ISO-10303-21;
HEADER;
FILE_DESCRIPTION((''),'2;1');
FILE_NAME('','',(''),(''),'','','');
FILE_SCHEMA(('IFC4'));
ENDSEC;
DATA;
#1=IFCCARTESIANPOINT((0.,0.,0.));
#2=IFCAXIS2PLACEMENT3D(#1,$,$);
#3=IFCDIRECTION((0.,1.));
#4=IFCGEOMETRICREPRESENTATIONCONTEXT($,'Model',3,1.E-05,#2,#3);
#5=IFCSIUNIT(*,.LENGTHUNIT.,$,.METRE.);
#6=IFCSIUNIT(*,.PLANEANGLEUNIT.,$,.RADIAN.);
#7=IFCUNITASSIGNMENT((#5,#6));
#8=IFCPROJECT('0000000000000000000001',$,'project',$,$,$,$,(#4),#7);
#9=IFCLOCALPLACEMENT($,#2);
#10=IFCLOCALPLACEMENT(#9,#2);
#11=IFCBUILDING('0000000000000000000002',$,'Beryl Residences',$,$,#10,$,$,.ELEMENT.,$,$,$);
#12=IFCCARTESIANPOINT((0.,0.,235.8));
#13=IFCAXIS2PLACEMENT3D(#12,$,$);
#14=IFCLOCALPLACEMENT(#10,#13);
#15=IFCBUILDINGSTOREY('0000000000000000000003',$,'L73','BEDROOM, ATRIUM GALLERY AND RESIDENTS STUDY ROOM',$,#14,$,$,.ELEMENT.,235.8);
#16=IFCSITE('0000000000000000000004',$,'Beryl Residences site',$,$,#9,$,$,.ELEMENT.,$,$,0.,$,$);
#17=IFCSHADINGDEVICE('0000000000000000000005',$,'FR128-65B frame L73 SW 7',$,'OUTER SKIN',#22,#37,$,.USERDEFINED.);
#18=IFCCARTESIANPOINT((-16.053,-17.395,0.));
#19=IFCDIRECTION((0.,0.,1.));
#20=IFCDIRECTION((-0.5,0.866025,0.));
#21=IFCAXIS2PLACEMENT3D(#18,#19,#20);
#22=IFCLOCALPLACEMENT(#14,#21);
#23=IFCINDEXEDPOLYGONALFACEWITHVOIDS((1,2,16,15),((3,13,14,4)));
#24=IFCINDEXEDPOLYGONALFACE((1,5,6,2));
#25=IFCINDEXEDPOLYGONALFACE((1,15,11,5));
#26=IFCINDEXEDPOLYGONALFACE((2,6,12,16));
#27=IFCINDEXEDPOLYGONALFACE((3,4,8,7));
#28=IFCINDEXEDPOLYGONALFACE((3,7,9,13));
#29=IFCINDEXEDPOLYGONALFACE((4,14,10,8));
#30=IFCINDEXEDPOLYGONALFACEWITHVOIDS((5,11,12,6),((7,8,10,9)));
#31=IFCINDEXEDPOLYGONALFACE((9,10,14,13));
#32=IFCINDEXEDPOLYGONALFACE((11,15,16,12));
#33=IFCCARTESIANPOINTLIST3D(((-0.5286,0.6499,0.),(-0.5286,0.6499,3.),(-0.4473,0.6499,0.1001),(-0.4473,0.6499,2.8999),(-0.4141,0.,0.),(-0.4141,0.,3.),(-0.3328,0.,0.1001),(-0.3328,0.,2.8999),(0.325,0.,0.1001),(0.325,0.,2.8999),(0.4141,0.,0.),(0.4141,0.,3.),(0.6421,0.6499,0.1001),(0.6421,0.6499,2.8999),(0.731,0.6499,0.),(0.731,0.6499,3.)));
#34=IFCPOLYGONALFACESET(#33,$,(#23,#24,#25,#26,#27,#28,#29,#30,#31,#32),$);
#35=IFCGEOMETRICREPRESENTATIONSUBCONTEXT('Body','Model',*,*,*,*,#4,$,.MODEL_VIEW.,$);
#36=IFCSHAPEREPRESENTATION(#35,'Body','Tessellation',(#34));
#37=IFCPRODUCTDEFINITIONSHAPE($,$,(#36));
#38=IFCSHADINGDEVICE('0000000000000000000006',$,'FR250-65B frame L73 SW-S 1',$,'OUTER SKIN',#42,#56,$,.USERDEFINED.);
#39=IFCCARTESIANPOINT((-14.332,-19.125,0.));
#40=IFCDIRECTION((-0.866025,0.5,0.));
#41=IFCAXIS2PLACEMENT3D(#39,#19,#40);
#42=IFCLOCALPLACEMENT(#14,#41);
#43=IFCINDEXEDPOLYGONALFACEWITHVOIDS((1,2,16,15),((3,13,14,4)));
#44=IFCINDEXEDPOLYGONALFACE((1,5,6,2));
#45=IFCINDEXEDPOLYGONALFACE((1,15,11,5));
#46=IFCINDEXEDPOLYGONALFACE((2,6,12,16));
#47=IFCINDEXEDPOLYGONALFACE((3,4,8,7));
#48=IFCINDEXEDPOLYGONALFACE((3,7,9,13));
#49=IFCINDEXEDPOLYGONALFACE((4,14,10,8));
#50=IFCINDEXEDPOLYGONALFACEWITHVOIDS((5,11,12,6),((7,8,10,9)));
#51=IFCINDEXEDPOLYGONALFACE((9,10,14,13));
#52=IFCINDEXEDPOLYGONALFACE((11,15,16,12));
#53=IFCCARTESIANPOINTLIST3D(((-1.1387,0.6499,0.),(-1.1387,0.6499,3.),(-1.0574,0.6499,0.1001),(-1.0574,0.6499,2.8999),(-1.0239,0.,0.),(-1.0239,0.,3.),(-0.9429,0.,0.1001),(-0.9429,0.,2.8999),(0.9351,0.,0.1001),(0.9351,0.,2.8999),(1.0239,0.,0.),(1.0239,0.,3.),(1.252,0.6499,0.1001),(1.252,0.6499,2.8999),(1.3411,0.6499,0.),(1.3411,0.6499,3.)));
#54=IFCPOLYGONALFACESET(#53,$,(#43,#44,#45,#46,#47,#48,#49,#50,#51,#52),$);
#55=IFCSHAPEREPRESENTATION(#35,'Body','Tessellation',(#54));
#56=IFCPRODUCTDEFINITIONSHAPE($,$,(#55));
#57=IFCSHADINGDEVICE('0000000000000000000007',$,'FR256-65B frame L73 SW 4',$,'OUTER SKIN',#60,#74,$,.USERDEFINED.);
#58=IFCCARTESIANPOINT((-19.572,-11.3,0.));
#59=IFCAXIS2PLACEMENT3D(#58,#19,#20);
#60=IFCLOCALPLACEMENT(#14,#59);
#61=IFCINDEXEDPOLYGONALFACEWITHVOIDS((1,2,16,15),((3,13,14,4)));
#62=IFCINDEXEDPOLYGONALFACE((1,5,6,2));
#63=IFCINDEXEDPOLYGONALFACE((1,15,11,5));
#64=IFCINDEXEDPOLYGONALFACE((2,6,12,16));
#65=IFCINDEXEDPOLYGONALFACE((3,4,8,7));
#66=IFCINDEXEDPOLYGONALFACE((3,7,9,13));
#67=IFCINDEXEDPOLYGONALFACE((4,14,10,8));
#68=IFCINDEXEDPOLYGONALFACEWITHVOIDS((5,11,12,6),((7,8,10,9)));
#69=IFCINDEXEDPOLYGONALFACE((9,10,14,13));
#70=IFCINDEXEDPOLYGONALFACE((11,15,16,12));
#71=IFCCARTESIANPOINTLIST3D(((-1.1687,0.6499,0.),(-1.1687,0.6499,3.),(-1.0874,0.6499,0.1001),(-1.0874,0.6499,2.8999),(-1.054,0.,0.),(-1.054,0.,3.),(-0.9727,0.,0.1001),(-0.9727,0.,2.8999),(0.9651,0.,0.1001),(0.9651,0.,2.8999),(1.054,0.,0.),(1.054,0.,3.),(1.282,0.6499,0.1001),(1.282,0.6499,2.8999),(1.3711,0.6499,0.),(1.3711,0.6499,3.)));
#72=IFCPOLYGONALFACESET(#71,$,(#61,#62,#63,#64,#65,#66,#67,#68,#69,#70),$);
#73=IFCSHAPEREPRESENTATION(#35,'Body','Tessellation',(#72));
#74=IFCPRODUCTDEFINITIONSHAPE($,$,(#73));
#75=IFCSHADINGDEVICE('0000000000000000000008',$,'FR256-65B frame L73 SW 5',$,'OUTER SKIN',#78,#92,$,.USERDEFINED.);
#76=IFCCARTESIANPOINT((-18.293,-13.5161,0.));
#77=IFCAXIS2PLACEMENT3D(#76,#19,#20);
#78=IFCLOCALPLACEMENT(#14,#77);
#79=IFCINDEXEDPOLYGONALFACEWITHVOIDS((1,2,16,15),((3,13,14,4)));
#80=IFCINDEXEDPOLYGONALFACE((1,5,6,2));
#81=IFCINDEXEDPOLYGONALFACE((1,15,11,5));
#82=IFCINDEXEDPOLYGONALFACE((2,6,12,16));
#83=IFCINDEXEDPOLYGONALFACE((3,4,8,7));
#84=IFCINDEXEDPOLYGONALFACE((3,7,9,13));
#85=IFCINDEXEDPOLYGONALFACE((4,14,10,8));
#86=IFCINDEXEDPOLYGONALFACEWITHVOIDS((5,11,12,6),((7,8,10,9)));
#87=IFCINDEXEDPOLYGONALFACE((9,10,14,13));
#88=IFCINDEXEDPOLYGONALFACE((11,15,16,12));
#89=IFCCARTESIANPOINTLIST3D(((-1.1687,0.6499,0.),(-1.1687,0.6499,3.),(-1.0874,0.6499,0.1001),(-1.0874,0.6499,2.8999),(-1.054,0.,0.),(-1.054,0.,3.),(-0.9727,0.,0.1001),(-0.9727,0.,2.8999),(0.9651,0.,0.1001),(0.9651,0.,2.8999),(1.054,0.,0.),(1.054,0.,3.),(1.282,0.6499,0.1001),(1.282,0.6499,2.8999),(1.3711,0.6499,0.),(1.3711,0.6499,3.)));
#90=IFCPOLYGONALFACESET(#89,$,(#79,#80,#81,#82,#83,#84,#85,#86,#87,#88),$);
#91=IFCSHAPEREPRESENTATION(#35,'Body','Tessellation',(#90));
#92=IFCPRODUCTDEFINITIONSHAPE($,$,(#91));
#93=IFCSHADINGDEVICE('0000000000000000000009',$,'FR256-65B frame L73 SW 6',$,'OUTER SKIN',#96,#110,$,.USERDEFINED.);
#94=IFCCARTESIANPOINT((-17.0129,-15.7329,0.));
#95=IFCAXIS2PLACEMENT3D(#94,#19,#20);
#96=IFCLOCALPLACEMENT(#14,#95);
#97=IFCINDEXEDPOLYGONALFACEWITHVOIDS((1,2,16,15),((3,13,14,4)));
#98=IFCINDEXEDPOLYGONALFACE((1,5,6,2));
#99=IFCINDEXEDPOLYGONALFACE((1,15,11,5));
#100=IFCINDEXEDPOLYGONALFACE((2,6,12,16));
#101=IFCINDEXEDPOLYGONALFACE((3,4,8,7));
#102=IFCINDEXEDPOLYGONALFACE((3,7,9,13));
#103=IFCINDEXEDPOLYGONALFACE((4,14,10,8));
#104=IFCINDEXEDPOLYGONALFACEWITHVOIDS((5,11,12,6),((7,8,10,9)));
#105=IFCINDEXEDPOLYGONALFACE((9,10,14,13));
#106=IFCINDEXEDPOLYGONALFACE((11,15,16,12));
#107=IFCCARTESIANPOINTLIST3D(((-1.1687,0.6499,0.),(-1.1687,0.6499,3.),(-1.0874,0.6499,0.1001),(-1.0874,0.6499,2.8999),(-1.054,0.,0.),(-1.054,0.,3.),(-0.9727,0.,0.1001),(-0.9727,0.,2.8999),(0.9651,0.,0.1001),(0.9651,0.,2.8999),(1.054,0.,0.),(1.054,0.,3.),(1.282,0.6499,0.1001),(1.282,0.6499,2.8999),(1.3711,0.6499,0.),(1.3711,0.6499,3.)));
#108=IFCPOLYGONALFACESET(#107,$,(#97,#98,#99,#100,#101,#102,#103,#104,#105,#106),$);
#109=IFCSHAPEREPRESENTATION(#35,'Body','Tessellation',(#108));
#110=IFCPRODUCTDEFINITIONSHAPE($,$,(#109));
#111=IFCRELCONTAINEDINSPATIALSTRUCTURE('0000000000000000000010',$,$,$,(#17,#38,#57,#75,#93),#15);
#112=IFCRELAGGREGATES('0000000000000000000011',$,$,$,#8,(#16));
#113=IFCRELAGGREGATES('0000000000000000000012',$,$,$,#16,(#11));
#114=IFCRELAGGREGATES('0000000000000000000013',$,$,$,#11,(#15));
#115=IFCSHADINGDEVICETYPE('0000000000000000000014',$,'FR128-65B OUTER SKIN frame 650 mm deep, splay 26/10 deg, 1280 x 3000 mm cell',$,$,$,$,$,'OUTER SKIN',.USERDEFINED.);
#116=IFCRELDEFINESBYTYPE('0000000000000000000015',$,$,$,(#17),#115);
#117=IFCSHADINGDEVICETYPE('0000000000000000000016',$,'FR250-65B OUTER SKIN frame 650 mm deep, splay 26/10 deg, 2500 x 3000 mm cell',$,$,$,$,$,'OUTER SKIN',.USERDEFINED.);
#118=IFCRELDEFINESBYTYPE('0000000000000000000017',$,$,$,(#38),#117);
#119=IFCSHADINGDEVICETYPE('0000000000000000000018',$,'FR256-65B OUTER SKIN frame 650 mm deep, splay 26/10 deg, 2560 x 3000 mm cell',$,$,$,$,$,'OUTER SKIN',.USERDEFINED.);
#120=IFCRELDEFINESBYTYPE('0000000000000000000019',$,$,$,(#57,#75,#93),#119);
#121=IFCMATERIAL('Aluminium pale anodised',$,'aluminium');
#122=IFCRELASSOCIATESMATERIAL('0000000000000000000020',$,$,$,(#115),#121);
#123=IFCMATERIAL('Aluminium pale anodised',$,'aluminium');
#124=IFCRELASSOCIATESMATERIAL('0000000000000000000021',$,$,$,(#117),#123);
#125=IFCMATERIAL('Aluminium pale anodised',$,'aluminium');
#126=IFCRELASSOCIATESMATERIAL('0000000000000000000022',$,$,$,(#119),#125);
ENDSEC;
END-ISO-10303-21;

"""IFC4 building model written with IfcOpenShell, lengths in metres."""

from ifc_helpers import new_model, entity, si_unit, direction, frame, origin, place, context, subcontext, project, spatial, source, transform, mapped, material, type_object, type_shapes, element, save


model = new_model("IFC4")

# Units and contexts
model_context = context("Model", 3, precision=1e-05, world=origin(), true_north=direction((0.0, 1.0)))
body_context = subcontext(model_context, "Body", "Model", "MODEL_VIEW")
ifc_project = project(units=[si_unit("LENGTHUNIT", "METRE"), si_unit("PLANEANGLEUNIT", "RADIAN")], contexts=[model_context])

# Site, building, storey
site_placement = place(None, origin())
site = spatial("IfcSite", under=ifc_project, at=site_placement, Name="Beryl Residences site", CompositionType="ELEMENT", RefElevation=0.0)
building_placement = place(site_placement, origin())
building = spatial("IfcBuilding", under=site, at=building_placement, Name="Beryl Residences", CompositionType="ELEMENT")
storey_placement = place(building_placement, frame((0.0, 0.0, 235.8)))
storey = spatial("IfcBuildingStorey", under=building, at=storey_placement, Name="L73", Description="BEDROOM, ATRIUM GALLERY AND RESIDENTS STUDY ROOM", CompositionType="ELEMENT", Elevation=235.8)

# Shading devices
ifc_material_1 = material(Name="Aluminium pale anodised", Category="aluminium")
shading_device_type_1 = type_object("IfcShadingDeviceType", Name="FR128-65B OUTER SKIN frame 650 mm deep, splay 26/10 deg, 1280 x 3000 mm cell", ElementType="OUTER SKIN", PredefinedType="USERDEFINED", material=ifc_material_1)
cartesian_point_1 = entity("IfcCartesianPoint", [-0.4141, 0.0])
cartesian_point_2 = entity("IfcCartesianPoint", [-0.325, 0.1001])
cartesian_point_3 = entity("IfcCartesianPoint", [-0.731, 0.0])
cartesian_point_4 = entity("IfcCartesianPoint", [-0.6421, 0.1001])
shared_shape_1 = source(origin(), body_context, "Body", "SweptSolid", [
    entity("IfcExtrudedAreaSolidTapered", entity("IfcArbitraryProfileDefWithVoids", "AREA", None, entity("IfcPolyline", [cartesian_point_1, entity("IfcCartesianPoint", [0.4141, 0.0]), entity("IfcCartesianPoint", [0.4141, 3.0]), entity("IfcCartesianPoint", [-0.4141, 3.0]), cartesian_point_1]), [entity("IfcPolyline", [cartesian_point_2, entity("IfcCartesianPoint", [0.3328, 0.1001]), entity("IfcCartesianPoint", [0.3328, 2.8999]), entity("IfcCartesianPoint", [-0.325, 2.8999]), cartesian_point_2])]), entity("IfcAxis2Placement3D", entity("IfcCartesianPoint", [0.0, 0.0, 0.0]), entity("IfcDirection", [0.0, 1.0, 0.0]), entity("IfcDirection", [-1.0, 0.0, 0.0])), entity("IfcDirection", [0.0, 0.0, 1.0]), 0.6499, entity("IfcArbitraryProfileDefWithVoids", "AREA", None, entity("IfcPolyline", [cartesian_point_3, entity("IfcCartesianPoint", [0.5286, 0.0]), entity("IfcCartesianPoint", [0.5286, 3.0]), entity("IfcCartesianPoint", [-0.731, 3.0]), cartesian_point_3]), [entity("IfcPolyline", [cartesian_point_4, entity("IfcCartesianPoint", [0.4473, 0.1001]), entity("IfcCartesianPoint", [0.4473, 2.8999]), entity("IfcCartesianPoint", [-0.6421, 2.8999]), cartesian_point_4])])),
])
type_shapes(shading_device_type_1, [shared_shape_1])
shading_device_1_placement = place(storey_placement, frame((-16.053, -17.395, 0.0), z_axis=(0.0, 0.0, 1.0), x_axis=(-0.5, 0.866025, 0.0)))
element("IfcShadingDevice", 1, at=shading_device_1_placement, inside=storey, type_object=shading_device_type_1, Name="FR128-65B frame L73 SW 7", ObjectType="OUTER SKIN", PredefinedType="USERDEFINED", context=body_context, shape_type="MappedRepresentation", body=[
    mapped(shared_shape_1, transform((0.0, 0.0, 0.0))),
])
ifc_material_2 = material(Name="Aluminium pale anodised", Category="aluminium")
shading_device_type_2 = type_object("IfcShadingDeviceType", Name="FR250-65B OUTER SKIN frame 650 mm deep, splay 26/10 deg, 2500 x 3000 mm cell", ElementType="OUTER SKIN", PredefinedType="USERDEFINED", material=ifc_material_2)
cartesian_point_5 = entity("IfcCartesianPoint", [-1.0239, 0.0])
cartesian_point_6 = entity("IfcCartesianPoint", [-0.9351, 0.1001])
cartesian_point_7 = entity("IfcCartesianPoint", [-1.3411, 0.0])
cartesian_point_8 = entity("IfcCartesianPoint", [-1.252, 0.1001])
shared_shape_2 = source(origin(), body_context, "Body", "SweptSolid", [
    entity("IfcExtrudedAreaSolidTapered", entity("IfcArbitraryProfileDefWithVoids", "AREA", None, entity("IfcPolyline", [cartesian_point_5, entity("IfcCartesianPoint", [1.0239, 0.0]), entity("IfcCartesianPoint", [1.0239, 3.0]), entity("IfcCartesianPoint", [-1.0239, 3.0]), cartesian_point_5]), [entity("IfcPolyline", [cartesian_point_6, entity("IfcCartesianPoint", [0.9429, 0.1001]), entity("IfcCartesianPoint", [0.9429, 2.8999]), entity("IfcCartesianPoint", [-0.9351, 2.8999]), cartesian_point_6])]), entity("IfcAxis2Placement3D", entity("IfcCartesianPoint", [0.0, 0.0, 0.0]), entity("IfcDirection", [0.0, 1.0, 0.0]), entity("IfcDirection", [-1.0, 0.0, 0.0])), entity("IfcDirection", [0.0, 0.0, 1.0]), 0.6499, entity("IfcArbitraryProfileDefWithVoids", "AREA", None, entity("IfcPolyline", [cartesian_point_7, entity("IfcCartesianPoint", [1.1387, 0.0]), entity("IfcCartesianPoint", [1.1387, 3.0]), entity("IfcCartesianPoint", [-1.3411, 3.0]), cartesian_point_7]), [entity("IfcPolyline", [cartesian_point_8, entity("IfcCartesianPoint", [1.0574, 0.1001]), entity("IfcCartesianPoint", [1.0574, 2.8999]), entity("IfcCartesianPoint", [-1.252, 2.8999]), cartesian_point_8])])),
])
type_shapes(shading_device_type_2, [shared_shape_2])
shading_device_2_placement = place(storey_placement, frame((-14.332, -19.125, 0.0), z_axis=(0.0, 0.0, 1.0), x_axis=(-0.866025, 0.5, 0.0)))
element("IfcShadingDevice", 2, at=shading_device_2_placement, inside=storey, type_object=shading_device_type_2, Name="FR250-65B frame L73 SW-S 1", ObjectType="OUTER SKIN", PredefinedType="USERDEFINED", context=body_context, shape_type="MappedRepresentation", body=[
    mapped(shared_shape_2, transform((0.0, 0.0, 0.0))),
])
ifc_material_3 = material(Name="Aluminium pale anodised", Category="aluminium")
shading_device_type_3 = type_object("IfcShadingDeviceType", Name="FR256-65B OUTER SKIN frame 650 mm deep, splay 26/10 deg, 2560 x 3000 mm cell", ElementType="OUTER SKIN", PredefinedType="USERDEFINED", material=ifc_material_3)
cartesian_point_9 = entity("IfcCartesianPoint", [-1.054, 0.0])
cartesian_point_10 = entity("IfcCartesianPoint", [-0.9651, 0.1001])
cartesian_point_11 = entity("IfcCartesianPoint", [-1.3711, 0.0])
cartesian_point_12 = entity("IfcCartesianPoint", [-1.282, 0.1001])
shared_shape_3 = source(origin(), body_context, "Body", "SweptSolid", [
    entity("IfcExtrudedAreaSolidTapered", entity("IfcArbitraryProfileDefWithVoids", "AREA", None, entity("IfcPolyline", [cartesian_point_9, entity("IfcCartesianPoint", [1.054, 0.0]), entity("IfcCartesianPoint", [1.054, 3.0]), entity("IfcCartesianPoint", [-1.054, 3.0]), cartesian_point_9]), [entity("IfcPolyline", [cartesian_point_10, entity("IfcCartesianPoint", [0.9727, 0.1001]), entity("IfcCartesianPoint", [0.9727, 2.8999]), entity("IfcCartesianPoint", [-0.9651, 2.8999]), cartesian_point_10])]), entity("IfcAxis2Placement3D", entity("IfcCartesianPoint", [0.0, 0.0, 0.0]), entity("IfcDirection", [0.0, 1.0, 0.0]), entity("IfcDirection", [-1.0, 0.0, 0.0])), entity("IfcDirection", [0.0, 0.0, 1.0]), 0.6499, entity("IfcArbitraryProfileDefWithVoids", "AREA", None, entity("IfcPolyline", [cartesian_point_11, entity("IfcCartesianPoint", [1.1687, 0.0]), entity("IfcCartesianPoint", [1.1687, 3.0]), entity("IfcCartesianPoint", [-1.3711, 3.0]), cartesian_point_11]), [entity("IfcPolyline", [cartesian_point_12, entity("IfcCartesianPoint", [1.0874, 0.1001]), entity("IfcCartesianPoint", [1.0874, 2.8999]), entity("IfcCartesianPoint", [-1.282, 2.8999]), cartesian_point_12])])),
])
type_shapes(shading_device_type_3, [shared_shape_3])
for number, where, z_axis, x_axis, name in (
    (3, (-19.572, -11.3, 0.0), (0.0, 0.0, 1.0), (-0.5, 0.866025, 0.0), "FR256-65B frame L73 SW 4"),
    (4, (-18.293, -13.5161, 0.0), (0.0, 0.0, 1.0), (-0.5, 0.866025, 0.0), "FR256-65B frame L73 SW 5"),
    (5, (-17.0129, -15.7329, 0.0), (0.0, 0.0, 1.0), (-0.5, 0.866025, 0.0), "FR256-65B frame L73 SW 6"),
):
    element("IfcShadingDevice", number, at=place(storey_placement, frame(where, z_axis=z_axis, x_axis=x_axis)), inside=storey, type_object=shading_device_type_3, Name=name, ObjectType="OUTER SKIN", PredefinedType="USERDEFINED", context=body_context, shape_type="MappedRepresentation", body=[
        mapped(shared_shape_3, transform((0.0, 0.0, 0.0))),
    ])

save(model, "model.ifc")
